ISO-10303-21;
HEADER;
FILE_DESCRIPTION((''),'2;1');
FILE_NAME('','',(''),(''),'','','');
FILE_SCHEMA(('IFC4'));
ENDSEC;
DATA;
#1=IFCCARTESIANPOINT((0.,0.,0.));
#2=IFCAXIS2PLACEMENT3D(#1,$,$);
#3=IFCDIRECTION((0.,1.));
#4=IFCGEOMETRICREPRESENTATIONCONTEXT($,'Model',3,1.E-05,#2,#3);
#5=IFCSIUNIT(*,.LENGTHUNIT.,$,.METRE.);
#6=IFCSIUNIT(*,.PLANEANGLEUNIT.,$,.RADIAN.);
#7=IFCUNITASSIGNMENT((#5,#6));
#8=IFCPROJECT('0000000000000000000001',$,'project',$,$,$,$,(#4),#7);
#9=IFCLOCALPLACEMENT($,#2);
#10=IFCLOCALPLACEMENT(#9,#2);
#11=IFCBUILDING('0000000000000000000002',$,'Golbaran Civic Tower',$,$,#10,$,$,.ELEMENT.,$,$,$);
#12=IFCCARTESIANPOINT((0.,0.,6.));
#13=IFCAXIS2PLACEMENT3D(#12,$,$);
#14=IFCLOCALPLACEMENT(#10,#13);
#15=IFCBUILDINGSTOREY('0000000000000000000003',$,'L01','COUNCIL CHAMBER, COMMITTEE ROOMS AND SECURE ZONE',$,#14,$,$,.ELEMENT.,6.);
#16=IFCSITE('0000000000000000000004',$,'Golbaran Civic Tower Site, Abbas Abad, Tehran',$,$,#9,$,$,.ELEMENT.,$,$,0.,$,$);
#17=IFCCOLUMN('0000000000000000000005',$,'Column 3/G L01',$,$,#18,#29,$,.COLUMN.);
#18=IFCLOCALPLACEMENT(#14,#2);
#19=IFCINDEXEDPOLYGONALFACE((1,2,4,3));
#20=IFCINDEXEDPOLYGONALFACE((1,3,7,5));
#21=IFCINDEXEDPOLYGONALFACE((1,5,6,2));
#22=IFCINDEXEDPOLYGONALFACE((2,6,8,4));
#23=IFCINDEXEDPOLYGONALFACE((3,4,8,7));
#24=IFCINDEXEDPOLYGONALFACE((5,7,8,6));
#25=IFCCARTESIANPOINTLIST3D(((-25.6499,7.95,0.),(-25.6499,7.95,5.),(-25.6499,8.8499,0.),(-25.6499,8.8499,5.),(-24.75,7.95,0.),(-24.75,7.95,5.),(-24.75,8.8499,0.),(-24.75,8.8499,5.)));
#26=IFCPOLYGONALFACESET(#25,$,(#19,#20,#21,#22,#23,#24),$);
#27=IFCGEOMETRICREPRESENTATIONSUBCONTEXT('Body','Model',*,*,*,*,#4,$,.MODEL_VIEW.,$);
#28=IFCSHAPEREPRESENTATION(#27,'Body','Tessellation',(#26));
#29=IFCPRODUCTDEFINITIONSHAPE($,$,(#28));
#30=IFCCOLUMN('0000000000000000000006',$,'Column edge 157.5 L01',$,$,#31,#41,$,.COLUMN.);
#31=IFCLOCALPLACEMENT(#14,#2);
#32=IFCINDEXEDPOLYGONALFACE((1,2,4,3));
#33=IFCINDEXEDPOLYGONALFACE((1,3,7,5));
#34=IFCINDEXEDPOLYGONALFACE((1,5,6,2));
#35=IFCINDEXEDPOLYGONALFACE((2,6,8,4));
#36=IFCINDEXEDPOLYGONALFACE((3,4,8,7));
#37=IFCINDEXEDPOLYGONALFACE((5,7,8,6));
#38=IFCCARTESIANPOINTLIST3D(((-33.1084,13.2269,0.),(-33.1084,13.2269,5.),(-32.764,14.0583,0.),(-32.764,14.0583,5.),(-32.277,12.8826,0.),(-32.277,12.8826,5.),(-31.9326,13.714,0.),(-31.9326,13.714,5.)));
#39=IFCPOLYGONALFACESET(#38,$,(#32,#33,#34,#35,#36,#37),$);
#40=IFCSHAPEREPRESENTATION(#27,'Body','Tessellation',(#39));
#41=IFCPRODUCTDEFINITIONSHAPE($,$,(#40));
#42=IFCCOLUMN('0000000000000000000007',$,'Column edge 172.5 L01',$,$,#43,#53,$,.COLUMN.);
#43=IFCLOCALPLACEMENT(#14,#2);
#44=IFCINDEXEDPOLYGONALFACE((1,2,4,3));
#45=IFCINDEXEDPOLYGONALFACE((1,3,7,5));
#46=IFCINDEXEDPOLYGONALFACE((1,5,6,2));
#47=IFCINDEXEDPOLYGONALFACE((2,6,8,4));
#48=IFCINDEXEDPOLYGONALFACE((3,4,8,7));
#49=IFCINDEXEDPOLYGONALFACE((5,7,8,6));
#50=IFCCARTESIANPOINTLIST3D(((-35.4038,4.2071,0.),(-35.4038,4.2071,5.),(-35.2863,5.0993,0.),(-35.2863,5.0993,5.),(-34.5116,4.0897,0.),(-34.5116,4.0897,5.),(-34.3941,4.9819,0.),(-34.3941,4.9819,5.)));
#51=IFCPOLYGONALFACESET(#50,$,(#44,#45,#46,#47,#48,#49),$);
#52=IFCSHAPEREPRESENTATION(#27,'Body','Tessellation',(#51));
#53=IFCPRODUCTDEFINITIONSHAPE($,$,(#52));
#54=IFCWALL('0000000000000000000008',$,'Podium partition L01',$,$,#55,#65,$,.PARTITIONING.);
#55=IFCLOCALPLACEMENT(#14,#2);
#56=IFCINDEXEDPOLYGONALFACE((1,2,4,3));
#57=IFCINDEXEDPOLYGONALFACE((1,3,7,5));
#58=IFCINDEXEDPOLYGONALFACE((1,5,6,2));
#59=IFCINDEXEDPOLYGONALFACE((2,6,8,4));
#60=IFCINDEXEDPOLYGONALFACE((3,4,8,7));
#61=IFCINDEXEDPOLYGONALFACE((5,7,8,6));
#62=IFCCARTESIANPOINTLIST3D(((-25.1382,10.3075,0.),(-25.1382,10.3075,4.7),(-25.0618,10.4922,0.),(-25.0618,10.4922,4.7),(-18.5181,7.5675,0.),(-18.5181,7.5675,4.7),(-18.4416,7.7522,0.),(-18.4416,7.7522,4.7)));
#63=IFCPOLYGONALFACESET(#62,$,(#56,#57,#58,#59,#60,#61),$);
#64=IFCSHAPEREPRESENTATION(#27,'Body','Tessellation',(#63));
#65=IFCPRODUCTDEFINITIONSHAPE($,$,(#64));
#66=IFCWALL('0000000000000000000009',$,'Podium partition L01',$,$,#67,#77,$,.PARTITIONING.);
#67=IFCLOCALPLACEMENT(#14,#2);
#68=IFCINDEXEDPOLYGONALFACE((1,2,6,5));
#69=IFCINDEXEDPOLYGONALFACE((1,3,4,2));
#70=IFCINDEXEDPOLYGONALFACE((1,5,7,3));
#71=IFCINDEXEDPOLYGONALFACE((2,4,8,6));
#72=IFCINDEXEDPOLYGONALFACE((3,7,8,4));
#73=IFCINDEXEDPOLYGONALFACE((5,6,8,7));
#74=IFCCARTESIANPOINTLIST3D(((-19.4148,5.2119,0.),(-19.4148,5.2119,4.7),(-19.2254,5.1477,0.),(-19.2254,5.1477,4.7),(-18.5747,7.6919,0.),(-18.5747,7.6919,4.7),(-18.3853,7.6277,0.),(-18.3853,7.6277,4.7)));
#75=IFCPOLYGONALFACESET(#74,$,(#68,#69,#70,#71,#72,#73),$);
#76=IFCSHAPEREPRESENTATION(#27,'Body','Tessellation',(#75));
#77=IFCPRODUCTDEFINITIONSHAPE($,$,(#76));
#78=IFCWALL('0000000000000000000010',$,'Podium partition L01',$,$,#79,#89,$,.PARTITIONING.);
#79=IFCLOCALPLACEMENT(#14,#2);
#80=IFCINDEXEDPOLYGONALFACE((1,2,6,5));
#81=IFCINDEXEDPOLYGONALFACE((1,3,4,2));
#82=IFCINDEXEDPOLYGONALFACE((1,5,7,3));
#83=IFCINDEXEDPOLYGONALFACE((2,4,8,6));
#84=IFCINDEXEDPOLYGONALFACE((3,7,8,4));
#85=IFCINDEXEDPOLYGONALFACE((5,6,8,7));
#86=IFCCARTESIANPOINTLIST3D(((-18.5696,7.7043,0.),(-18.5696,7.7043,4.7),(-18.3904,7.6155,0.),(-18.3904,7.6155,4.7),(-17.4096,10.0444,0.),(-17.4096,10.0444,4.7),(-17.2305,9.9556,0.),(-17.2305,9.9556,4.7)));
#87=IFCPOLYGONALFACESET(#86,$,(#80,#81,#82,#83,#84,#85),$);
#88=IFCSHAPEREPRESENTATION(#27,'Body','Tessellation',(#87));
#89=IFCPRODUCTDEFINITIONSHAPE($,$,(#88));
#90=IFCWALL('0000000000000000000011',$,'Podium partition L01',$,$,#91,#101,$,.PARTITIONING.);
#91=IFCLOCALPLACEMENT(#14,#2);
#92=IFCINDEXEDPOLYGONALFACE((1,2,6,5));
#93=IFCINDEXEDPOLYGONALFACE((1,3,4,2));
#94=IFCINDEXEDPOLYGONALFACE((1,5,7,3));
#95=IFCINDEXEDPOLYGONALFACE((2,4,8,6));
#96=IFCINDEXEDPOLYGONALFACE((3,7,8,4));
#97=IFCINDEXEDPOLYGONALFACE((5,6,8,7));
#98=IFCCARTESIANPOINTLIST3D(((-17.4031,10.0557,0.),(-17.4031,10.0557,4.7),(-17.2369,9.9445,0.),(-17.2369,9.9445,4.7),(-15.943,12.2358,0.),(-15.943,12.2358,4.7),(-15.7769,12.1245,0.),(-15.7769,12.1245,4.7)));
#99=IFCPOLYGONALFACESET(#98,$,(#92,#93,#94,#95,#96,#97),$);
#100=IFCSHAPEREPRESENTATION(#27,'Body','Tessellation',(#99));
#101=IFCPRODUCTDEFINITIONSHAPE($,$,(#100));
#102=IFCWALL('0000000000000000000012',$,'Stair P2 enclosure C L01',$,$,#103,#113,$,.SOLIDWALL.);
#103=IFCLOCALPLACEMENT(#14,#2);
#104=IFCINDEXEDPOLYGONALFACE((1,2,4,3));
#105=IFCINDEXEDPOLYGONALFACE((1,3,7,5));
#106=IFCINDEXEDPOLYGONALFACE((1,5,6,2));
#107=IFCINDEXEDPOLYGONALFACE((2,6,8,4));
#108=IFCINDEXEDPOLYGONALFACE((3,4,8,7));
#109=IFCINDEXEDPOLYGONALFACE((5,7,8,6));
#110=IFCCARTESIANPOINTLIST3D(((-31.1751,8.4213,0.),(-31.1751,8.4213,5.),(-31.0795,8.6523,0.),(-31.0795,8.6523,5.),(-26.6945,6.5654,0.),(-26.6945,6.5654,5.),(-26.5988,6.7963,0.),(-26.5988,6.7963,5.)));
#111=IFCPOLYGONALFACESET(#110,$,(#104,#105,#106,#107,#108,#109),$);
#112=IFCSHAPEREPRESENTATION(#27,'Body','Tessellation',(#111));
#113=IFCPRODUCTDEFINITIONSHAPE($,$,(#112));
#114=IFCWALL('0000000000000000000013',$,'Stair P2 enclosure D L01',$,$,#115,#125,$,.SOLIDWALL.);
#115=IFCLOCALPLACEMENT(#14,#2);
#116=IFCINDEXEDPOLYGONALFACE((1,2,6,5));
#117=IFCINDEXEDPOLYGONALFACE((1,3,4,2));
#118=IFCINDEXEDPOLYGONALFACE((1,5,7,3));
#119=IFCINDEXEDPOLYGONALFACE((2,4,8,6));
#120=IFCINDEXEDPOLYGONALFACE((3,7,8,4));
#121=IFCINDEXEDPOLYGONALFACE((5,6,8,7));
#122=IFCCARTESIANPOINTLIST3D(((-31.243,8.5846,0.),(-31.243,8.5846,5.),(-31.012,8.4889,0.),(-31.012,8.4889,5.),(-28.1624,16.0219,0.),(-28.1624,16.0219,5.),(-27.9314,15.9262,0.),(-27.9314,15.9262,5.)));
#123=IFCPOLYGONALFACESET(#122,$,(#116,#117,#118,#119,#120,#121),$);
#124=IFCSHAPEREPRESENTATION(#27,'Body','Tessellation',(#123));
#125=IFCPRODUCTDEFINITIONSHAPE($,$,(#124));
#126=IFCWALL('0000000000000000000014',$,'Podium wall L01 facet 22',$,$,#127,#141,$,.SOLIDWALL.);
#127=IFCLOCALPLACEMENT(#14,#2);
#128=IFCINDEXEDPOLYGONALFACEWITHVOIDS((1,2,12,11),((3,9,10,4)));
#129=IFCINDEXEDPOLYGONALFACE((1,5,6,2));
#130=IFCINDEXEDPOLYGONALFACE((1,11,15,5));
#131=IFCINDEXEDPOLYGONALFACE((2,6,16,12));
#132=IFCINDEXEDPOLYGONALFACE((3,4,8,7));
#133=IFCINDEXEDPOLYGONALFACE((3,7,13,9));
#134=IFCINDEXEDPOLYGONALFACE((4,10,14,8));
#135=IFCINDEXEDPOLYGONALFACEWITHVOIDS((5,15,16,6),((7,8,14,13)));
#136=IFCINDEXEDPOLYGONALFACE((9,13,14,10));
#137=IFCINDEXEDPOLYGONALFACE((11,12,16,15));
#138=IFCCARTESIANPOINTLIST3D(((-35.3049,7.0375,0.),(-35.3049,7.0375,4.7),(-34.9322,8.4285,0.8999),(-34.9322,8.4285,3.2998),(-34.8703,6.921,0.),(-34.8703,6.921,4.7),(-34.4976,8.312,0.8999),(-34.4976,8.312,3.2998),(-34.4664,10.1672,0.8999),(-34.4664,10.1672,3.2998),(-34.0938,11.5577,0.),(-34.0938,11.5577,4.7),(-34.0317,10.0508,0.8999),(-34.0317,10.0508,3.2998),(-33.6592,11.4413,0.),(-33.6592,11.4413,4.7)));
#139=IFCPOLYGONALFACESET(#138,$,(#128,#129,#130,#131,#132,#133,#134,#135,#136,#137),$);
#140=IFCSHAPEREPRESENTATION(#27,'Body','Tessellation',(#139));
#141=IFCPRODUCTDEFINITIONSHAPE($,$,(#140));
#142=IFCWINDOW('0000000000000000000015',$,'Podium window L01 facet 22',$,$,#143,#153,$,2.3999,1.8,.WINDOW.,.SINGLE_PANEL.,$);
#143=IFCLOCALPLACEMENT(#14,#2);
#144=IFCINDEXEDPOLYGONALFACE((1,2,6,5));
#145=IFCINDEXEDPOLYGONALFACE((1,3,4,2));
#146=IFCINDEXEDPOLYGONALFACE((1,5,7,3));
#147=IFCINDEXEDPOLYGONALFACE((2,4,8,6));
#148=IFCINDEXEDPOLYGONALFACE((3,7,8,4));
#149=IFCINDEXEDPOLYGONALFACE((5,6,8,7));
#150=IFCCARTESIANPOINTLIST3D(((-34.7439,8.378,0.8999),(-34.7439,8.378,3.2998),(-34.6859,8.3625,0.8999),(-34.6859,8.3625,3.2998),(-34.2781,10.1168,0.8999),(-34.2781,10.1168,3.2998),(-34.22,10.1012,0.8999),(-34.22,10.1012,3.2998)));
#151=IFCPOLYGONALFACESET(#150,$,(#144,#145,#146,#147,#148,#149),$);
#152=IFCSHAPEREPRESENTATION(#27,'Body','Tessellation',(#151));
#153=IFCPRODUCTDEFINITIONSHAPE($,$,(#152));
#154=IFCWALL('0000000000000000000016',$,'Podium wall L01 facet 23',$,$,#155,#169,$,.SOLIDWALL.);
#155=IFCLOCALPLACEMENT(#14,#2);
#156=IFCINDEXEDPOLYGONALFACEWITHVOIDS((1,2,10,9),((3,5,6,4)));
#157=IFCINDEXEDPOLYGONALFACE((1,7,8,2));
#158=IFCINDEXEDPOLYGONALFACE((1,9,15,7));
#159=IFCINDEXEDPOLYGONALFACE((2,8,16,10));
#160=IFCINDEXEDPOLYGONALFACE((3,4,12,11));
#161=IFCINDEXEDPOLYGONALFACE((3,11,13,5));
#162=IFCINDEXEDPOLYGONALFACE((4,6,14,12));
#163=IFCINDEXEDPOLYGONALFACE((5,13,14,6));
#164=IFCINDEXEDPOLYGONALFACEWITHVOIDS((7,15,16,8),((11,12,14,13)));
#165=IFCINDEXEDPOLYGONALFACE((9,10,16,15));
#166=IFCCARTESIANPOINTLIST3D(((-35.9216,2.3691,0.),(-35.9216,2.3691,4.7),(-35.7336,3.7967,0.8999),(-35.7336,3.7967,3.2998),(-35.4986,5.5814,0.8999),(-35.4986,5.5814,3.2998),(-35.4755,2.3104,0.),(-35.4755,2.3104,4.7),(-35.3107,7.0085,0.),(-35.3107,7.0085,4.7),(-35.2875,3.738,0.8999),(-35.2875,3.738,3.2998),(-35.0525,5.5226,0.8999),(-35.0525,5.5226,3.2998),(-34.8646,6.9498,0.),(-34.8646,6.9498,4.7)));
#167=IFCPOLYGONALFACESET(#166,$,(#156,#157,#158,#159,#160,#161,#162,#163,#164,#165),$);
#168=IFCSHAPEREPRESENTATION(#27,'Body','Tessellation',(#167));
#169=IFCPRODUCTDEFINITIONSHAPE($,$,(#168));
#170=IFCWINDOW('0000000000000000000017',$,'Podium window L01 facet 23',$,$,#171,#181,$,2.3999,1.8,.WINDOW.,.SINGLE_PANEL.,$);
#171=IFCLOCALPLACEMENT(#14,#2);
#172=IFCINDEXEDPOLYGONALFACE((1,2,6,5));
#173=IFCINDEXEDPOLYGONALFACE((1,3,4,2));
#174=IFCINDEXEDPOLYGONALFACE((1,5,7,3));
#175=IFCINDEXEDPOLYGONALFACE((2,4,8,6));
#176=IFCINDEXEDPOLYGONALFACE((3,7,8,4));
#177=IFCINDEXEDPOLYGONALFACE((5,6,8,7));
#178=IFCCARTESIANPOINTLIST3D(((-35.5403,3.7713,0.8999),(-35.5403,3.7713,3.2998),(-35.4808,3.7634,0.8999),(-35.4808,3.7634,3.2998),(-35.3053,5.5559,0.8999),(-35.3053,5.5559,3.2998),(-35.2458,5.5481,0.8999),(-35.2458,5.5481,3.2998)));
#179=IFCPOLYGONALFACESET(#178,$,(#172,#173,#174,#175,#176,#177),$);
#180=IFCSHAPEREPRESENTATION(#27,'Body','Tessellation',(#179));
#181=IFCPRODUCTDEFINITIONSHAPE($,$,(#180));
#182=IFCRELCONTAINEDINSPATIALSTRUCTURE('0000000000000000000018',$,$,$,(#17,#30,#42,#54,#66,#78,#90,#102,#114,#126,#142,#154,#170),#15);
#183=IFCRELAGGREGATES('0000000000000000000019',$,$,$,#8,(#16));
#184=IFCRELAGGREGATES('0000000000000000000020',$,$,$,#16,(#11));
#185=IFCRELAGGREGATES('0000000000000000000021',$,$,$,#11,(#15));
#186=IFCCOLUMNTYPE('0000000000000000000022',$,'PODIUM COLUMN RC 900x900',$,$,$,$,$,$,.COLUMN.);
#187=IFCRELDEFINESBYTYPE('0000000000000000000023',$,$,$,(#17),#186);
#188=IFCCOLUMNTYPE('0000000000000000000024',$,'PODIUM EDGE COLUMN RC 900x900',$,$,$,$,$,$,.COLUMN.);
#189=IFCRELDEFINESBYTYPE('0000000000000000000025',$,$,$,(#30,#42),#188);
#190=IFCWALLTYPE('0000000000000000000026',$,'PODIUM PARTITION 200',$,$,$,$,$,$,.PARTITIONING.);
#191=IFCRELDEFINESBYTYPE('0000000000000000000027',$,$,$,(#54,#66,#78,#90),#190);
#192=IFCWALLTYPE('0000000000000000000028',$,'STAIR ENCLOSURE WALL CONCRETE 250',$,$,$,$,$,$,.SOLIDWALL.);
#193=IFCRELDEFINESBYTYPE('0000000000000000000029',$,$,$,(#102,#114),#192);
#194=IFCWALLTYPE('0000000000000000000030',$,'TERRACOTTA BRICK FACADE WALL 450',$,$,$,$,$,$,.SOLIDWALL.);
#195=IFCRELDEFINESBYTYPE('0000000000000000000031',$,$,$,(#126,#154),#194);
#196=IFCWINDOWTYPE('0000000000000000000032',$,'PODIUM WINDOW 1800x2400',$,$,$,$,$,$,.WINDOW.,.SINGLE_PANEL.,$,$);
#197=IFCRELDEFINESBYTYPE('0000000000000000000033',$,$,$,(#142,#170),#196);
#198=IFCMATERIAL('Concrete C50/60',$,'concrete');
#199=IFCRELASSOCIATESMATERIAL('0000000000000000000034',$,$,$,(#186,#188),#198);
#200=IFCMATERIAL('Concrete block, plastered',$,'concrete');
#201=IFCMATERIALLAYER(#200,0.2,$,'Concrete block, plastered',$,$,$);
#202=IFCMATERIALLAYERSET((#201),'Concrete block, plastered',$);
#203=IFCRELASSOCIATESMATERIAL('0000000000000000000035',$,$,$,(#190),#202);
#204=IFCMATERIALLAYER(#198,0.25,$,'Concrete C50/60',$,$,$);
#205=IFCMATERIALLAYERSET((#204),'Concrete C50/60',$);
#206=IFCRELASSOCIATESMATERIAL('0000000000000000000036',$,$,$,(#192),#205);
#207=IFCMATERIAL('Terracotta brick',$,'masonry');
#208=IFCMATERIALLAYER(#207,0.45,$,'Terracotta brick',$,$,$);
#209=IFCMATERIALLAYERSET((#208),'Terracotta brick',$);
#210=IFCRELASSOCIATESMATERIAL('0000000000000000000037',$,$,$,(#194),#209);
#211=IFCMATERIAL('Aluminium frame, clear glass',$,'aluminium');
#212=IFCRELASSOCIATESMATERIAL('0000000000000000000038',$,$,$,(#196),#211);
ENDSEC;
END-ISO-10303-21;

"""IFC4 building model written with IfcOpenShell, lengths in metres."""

from ifc_helpers import new_model, si_unit, direction, frame, frame_2d, origin, origin_2d, place, context, subcontext, project, spatial, rectangle, extrude, material, layer, layer_set, material_profile, profile_set, type_object, element, fill, save


model = new_model("IFC4")

# Units and contexts
model_context = context("Model", 3, precision=1e-05, world=origin(), true_north=direction((0.0, 1.0)))
body_context = subcontext(model_context, "Body", "Model", "MODEL_VIEW")
ifc_project = project(units=[si_unit("LENGTHUNIT", "METRE"), si_unit("PLANEANGLEUNIT", "RADIAN")], contexts=[model_context])

# Site, building, storey
site_placement = place(None, origin())
site = spatial("IfcSite", under=ifc_project, at=site_placement, Name="Golbaran Civic Tower Site, Abbas Abad, Tehran", CompositionType="ELEMENT", RefElevation=0.0)
building_placement = place(site_placement, origin())
building = spatial("IfcBuilding", under=site, at=building_placement, Name="Golbaran Civic Tower", CompositionType="ELEMENT")
storey_placement = place(building_placement, frame((0.0, 0.0, 6.0)))
storey = spatial("IfcBuildingStorey", under=building, at=storey_placement, Name="L01", Description="COUNCIL CHAMBER, COMMITTEE ROOMS AND SECURE ZONE", CompositionType="ELEMENT", Elevation=6.0)

# Columns
ifc_material_1 = material(Name="Concrete C50/60", Category="concrete")
ifc_material_profile_1 = material_profile(ifc_material_1, rectangle(XDim=0.8999, YDim=0.8999, at=origin_2d()), Name="RC 900x900")
ifc_profile_set_1 = profile_set([ifc_material_profile_1], Name="Concrete C50/60")
column_type_1 = type_object("IfcColumnType", Name="PODIUM COLUMN RC 900x900", PredefinedType="COLUMN", material=ifc_profile_set_1)
column_placement = place(storey_placement, frame((-25.2, 8.3999, 0.0), z_axis=(0.0, 0.0, 1.0), x_axis=(1.0, 0.0, 0.0)))
element("IfcColumn", 1, at=column_placement, inside=storey, type_object=column_type_1, Name="Column 3/G L01", PredefinedType="COLUMN", context=body_context, shape_type="SweptSolid", body=[
    extrude(rectangle(XDim=0.8999, YDim=0.8999, at=origin_2d()), origin(), (0.0, 0.0, 1.0), 5.0),
])
ifc_material_profile_2 = material_profile(ifc_material_1, rectangle(XDim=0.8999, YDim=0.8999, at=origin_2d()), Name="RC 900x900")
ifc_profile_set_2 = profile_set([ifc_material_profile_2], Name="Concrete C50/60")
column_type_2 = type_object("IfcColumnType", Name="PODIUM EDGE COLUMN RC 900x900", PredefinedType="COLUMN", material=ifc_profile_set_2)
for number, where, z_axis, x_axis, name in (
    (2, (-32.5205, 13.4705, 0.0), (0.0, 0.0, 1.0), (-0.92388, 0.382683, 0.0), "Column edge 157.5 L01"),
    (3, (-34.8989, 4.5945, 0.0), (0.0, 0.0, 1.0), (-0.991445, 0.130526, 0.0), "Column edge 172.5 L01"),
):
    element("IfcColumn", number, at=place(storey_placement, frame(where, z_axis=z_axis, x_axis=x_axis)), inside=storey, type_object=column_type_2, Name=name, PredefinedType="COLUMN", context=body_context, shape_type="SweptSolid", body=[
        extrude(rectangle(XDim=0.8999, YDim=0.8999, at=origin_2d()), origin(), (0.0, 0.0, 1.0), 5.0),
    ])

# Walls
ifc_material_2 = material(Name="Concrete block, plastered", Category="concrete")
ifc_layer_1 = layer(ifc_material_2, 0.2, Name="Concrete block, plastered")
ifc_layer_set_1 = layer_set([ifc_layer_1], Name="Concrete block, plastered")
wall_type_1 = type_object("IfcWallType", Name="PODIUM PARTITION 200", PredefinedType="PARTITIONING", material=ifc_layer_set_1)
wall_1_placement = place(storey_placement, frame((-25.1001, 10.3999, 0.0), z_axis=(0.0, 0.0, 1.0), x_axis=(0.923986, -0.382427, 0.0)))
element("IfcWall", 4, at=wall_1_placement, inside=storey, type_object=wall_type_1, Name="Podium partition L01", PredefinedType="PARTITIONING", context=body_context, shape_type="SweptSolid", body=[
    extrude(rectangle(XDim=7.1648, YDim=0.2, at=frame_2d((3.5825, 0.0))), origin(), (0.0, 0.0, 1.0), 4.7),
])
wall_2_placement = place(storey_placement, frame((-19.3201, 5.1799, 0.0), z_axis=(0.0, 0.0, 1.0), x_axis=(0.320839, 0.947134, 0.0)))
element("IfcWall", 5, at=wall_2_placement, inside=storey, type_object=wall_type_1, Name="Podium partition L01", PredefinedType="PARTITIONING", context=body_context, shape_type="SweptSolid", body=[
    extrude(rectangle(XDim=2.6184, YDim=0.2, at=frame_2d((1.3091, 0.0))), origin(), (0.0, 0.0, 1.0), 4.7),
])
wall_3_placement = place(storey_placement, frame((-18.48, 7.6599, 0.0), z_axis=(0.0, 0.0, 1.0), x_axis=(0.444107, 0.895974, 0.0)))
element("IfcWall", 6, at=wall_3_placement, inside=storey, type_object=wall_type_1, Name="Podium partition L01", PredefinedType="PARTITIONING", context=body_context, shape_type="SweptSolid", body=[
    extrude(rectangle(XDim=2.6118, YDim=0.2, at=frame_2d((1.3059, 0.0))), origin(), (0.0, 0.0, 1.0), 4.7),
])
wall_4_placement = place(storey_placement, frame((-17.3201, 10.0, 0.0), z_axis=(0.0, 0.0, 1.0), x_axis=(0.55646, 0.830875, 0.0)))
element("IfcWall", 7, at=wall_4_placement, inside=storey, type_object=wall_type_1, Name="Podium partition L01", PredefinedType="PARTITIONING", context=body_context, shape_type="SweptSolid", body=[
    extrude(rectangle(XDim=2.6238, YDim=0.2, at=frame_2d((1.312, 0.0))), origin(), (0.0, 0.0, 1.0), 4.7),
])
ifc_layer_2 = layer(ifc_material_1, 0.25, Name="Concrete C50/60")
ifc_layer_set_2 = layer_set([ifc_layer_2], Name="Concrete C50/60")
wall_type_2 = type_object("IfcWallType", Name="STAIR ENCLOSURE WALL CONCRETE 250", PredefinedType="SOLIDWALL", material=ifc_layer_set_2)
wall_5_placement = place(storey_placement, frame((-26.6467, 6.6809, 0.0), z_axis=(0.0, 0.0, 1.0), x_axis=(-0.923881, 0.382681, 0.0)))
element("IfcWall", 8, at=wall_5_placement, inside=storey, type_object=wall_type_2, Name="Stair P2 enclosure C L01", PredefinedType="SOLIDWALL", context=body_context, shape_type="SweptSolid", body=[
    extrude(rectangle(XDim=4.8499, YDim=0.25, at=frame_2d((2.4248, 0.0))), origin(), (0.0, 0.0, 1.0), 5.0),
])
wall_6_placement = place(storey_placement, frame((-31.1274, 8.5369, 0.0), z_axis=(0.0, 0.0, 1.0), x_axis=(0.382679, 0.923882, 0.0)))
element("IfcWall", 9, at=wall_6_placement, inside=storey, type_object=wall_type_2, Name="Stair P2 enclosure D L01", PredefinedType="SOLIDWALL", context=body_context, shape_type="SweptSolid", body=[
    extrude(rectangle(XDim=8.05, YDim=0.25, at=frame_2d((4.0249, 0.0))), origin(), (0.0, 0.0, 1.0), 5.0),
])

# Walls, openings, windows
ifc_material_3 = material(Name="Terracotta brick", Category="masonry")
ifc_layer_3 = layer(ifc_material_3, 0.45, Name="Terracotta brick")
ifc_layer_set_3 = layer_set([ifc_layer_3], Name="Terracotta brick")
wall_type_3 = type_object("IfcWallType", Name="TERRACOTTA BRICK FACADE WALL 450", PredefinedType="SOLIDWALL", material=ifc_layer_set_3)
wall_7_placement = place(storey_placement, frame((-33.8765, 11.4995, 0.0), z_axis=(0.0, 0.0, 1.0), x_axis=(-0.258815, -0.965927, 0.0)))
wall_7 = element("IfcWall", 10, at=wall_7_placement, inside=storey, type_object=wall_type_3, Name="Podium wall L01 facet 22", PredefinedType="SOLIDWALL", context=body_context, shape_type="SweptSolid", body=[
    extrude(rectangle(XDim=4.6797, YDim=0.45, at=frame_2d((2.3398, 0.0))), origin(), (0.0, 0.0, 1.0), 4.7),
])
opening_1_placement = place(wall_7_placement, frame((1.4397, 0.0, 0.8999)))
opening_1 = element("IfcOpeningElement", 11, at=opening_1_placement, cuts=wall_7, PredefinedType="OPENING", context=body_context, shape_type="SweptSolid", body=[
    extrude(rectangle(XDim=1.8, YDim=2.3999, at=frame_2d((0.8999, 1.2))), frame((0.0, 0.2349, 0.0), z_axis=(0.0, -1.0, 0.0), x_axis=(1.0, 0.0, 0.0)), (0.0, 0.0, 1.0), 0.47),
])
ifc_material_4 = material(Name="Aluminium frame, clear glass", Category="aluminium")
window_type = type_object("IfcWindowType", Name="PODIUM WINDOW 1800x2400", PartitioningType="SINGLE_PANEL", PredefinedType="WINDOW", material=ifc_material_4)
window_1_placement = place(opening_1_placement, origin())
window_1 = element("IfcWindow", 12, at=window_1_placement, inside=storey, type_object=window_type, Name="Podium window L01 facet 22", OverallHeight=2.3999, OverallWidth=1.8, PartitioningType="SINGLE_PANEL", PredefinedType="WINDOW", context=body_context, shape_type="SweptSolid", body=[
    extrude(rectangle(XDim=1.8, YDim=2.3999, at=frame_2d((0.8999, 1.2))), frame((0.0, 0.03, 0.0), z_axis=(0.0, -1.0, 0.0), x_axis=(1.0, 0.0, 0.0)), (0.0, 0.0, 1.0), 0.0601),
])
fill(opening_1, window_1)
wall_8_placement = place(storey_placement, frame((-35.0876, 6.9792, 0.0), z_axis=(0.0, 0.0, 1.0), x_axis=(-0.130537, -0.991443, 0.0)))
wall_8 = element("IfcWall", 13, at=wall_8_placement, inside=storey, type_object=wall_type_3, Name="Podium wall L01 facet 23", PredefinedType="SOLIDWALL", context=body_context, shape_type="SweptSolid", body=[
    extrude(rectangle(XDim=4.6794, YDim=0.45, at=frame_2d((2.3398, 0.0))), origin(), (0.0, 0.0, 1.0), 4.7),
])
opening_2_placement = place(wall_8_placement, frame((1.4397, 0.0, 0.8999)))
opening_2 = element("IfcOpeningElement", 14, at=opening_2_placement, cuts=wall_8, PredefinedType="OPENING", context=body_context, shape_type="SweptSolid", body=[
    extrude(rectangle(XDim=1.8, YDim=2.3999, at=frame_2d((0.8999, 1.2))), frame((0.0, 0.2349, 0.0), z_axis=(0.0, -1.0, 0.0), x_axis=(1.0, 0.0, 0.0)), (0.0, 0.0, 1.0), 0.47),
])
window_2_placement = place(opening_2_placement, origin())
window_2 = element("IfcWindow", 15, at=window_2_placement, inside=storey, type_object=window_type, Name="Podium window L01 facet 23", OverallHeight=2.3999, OverallWidth=1.8, PartitioningType="SINGLE_PANEL", PredefinedType="WINDOW", context=body_context, shape_type="SweptSolid", body=[
    extrude(rectangle(XDim=1.8, YDim=2.3999, at=frame_2d((0.8999, 1.2))), frame((0.0, 0.03, 0.0), z_axis=(0.0, -1.0, 0.0), x_axis=(1.0, 0.0, 0.0)), (0.0, 0.0, 1.0), 0.0601),
])
fill(opening_2, window_2)

save(model, "model.ifc")
